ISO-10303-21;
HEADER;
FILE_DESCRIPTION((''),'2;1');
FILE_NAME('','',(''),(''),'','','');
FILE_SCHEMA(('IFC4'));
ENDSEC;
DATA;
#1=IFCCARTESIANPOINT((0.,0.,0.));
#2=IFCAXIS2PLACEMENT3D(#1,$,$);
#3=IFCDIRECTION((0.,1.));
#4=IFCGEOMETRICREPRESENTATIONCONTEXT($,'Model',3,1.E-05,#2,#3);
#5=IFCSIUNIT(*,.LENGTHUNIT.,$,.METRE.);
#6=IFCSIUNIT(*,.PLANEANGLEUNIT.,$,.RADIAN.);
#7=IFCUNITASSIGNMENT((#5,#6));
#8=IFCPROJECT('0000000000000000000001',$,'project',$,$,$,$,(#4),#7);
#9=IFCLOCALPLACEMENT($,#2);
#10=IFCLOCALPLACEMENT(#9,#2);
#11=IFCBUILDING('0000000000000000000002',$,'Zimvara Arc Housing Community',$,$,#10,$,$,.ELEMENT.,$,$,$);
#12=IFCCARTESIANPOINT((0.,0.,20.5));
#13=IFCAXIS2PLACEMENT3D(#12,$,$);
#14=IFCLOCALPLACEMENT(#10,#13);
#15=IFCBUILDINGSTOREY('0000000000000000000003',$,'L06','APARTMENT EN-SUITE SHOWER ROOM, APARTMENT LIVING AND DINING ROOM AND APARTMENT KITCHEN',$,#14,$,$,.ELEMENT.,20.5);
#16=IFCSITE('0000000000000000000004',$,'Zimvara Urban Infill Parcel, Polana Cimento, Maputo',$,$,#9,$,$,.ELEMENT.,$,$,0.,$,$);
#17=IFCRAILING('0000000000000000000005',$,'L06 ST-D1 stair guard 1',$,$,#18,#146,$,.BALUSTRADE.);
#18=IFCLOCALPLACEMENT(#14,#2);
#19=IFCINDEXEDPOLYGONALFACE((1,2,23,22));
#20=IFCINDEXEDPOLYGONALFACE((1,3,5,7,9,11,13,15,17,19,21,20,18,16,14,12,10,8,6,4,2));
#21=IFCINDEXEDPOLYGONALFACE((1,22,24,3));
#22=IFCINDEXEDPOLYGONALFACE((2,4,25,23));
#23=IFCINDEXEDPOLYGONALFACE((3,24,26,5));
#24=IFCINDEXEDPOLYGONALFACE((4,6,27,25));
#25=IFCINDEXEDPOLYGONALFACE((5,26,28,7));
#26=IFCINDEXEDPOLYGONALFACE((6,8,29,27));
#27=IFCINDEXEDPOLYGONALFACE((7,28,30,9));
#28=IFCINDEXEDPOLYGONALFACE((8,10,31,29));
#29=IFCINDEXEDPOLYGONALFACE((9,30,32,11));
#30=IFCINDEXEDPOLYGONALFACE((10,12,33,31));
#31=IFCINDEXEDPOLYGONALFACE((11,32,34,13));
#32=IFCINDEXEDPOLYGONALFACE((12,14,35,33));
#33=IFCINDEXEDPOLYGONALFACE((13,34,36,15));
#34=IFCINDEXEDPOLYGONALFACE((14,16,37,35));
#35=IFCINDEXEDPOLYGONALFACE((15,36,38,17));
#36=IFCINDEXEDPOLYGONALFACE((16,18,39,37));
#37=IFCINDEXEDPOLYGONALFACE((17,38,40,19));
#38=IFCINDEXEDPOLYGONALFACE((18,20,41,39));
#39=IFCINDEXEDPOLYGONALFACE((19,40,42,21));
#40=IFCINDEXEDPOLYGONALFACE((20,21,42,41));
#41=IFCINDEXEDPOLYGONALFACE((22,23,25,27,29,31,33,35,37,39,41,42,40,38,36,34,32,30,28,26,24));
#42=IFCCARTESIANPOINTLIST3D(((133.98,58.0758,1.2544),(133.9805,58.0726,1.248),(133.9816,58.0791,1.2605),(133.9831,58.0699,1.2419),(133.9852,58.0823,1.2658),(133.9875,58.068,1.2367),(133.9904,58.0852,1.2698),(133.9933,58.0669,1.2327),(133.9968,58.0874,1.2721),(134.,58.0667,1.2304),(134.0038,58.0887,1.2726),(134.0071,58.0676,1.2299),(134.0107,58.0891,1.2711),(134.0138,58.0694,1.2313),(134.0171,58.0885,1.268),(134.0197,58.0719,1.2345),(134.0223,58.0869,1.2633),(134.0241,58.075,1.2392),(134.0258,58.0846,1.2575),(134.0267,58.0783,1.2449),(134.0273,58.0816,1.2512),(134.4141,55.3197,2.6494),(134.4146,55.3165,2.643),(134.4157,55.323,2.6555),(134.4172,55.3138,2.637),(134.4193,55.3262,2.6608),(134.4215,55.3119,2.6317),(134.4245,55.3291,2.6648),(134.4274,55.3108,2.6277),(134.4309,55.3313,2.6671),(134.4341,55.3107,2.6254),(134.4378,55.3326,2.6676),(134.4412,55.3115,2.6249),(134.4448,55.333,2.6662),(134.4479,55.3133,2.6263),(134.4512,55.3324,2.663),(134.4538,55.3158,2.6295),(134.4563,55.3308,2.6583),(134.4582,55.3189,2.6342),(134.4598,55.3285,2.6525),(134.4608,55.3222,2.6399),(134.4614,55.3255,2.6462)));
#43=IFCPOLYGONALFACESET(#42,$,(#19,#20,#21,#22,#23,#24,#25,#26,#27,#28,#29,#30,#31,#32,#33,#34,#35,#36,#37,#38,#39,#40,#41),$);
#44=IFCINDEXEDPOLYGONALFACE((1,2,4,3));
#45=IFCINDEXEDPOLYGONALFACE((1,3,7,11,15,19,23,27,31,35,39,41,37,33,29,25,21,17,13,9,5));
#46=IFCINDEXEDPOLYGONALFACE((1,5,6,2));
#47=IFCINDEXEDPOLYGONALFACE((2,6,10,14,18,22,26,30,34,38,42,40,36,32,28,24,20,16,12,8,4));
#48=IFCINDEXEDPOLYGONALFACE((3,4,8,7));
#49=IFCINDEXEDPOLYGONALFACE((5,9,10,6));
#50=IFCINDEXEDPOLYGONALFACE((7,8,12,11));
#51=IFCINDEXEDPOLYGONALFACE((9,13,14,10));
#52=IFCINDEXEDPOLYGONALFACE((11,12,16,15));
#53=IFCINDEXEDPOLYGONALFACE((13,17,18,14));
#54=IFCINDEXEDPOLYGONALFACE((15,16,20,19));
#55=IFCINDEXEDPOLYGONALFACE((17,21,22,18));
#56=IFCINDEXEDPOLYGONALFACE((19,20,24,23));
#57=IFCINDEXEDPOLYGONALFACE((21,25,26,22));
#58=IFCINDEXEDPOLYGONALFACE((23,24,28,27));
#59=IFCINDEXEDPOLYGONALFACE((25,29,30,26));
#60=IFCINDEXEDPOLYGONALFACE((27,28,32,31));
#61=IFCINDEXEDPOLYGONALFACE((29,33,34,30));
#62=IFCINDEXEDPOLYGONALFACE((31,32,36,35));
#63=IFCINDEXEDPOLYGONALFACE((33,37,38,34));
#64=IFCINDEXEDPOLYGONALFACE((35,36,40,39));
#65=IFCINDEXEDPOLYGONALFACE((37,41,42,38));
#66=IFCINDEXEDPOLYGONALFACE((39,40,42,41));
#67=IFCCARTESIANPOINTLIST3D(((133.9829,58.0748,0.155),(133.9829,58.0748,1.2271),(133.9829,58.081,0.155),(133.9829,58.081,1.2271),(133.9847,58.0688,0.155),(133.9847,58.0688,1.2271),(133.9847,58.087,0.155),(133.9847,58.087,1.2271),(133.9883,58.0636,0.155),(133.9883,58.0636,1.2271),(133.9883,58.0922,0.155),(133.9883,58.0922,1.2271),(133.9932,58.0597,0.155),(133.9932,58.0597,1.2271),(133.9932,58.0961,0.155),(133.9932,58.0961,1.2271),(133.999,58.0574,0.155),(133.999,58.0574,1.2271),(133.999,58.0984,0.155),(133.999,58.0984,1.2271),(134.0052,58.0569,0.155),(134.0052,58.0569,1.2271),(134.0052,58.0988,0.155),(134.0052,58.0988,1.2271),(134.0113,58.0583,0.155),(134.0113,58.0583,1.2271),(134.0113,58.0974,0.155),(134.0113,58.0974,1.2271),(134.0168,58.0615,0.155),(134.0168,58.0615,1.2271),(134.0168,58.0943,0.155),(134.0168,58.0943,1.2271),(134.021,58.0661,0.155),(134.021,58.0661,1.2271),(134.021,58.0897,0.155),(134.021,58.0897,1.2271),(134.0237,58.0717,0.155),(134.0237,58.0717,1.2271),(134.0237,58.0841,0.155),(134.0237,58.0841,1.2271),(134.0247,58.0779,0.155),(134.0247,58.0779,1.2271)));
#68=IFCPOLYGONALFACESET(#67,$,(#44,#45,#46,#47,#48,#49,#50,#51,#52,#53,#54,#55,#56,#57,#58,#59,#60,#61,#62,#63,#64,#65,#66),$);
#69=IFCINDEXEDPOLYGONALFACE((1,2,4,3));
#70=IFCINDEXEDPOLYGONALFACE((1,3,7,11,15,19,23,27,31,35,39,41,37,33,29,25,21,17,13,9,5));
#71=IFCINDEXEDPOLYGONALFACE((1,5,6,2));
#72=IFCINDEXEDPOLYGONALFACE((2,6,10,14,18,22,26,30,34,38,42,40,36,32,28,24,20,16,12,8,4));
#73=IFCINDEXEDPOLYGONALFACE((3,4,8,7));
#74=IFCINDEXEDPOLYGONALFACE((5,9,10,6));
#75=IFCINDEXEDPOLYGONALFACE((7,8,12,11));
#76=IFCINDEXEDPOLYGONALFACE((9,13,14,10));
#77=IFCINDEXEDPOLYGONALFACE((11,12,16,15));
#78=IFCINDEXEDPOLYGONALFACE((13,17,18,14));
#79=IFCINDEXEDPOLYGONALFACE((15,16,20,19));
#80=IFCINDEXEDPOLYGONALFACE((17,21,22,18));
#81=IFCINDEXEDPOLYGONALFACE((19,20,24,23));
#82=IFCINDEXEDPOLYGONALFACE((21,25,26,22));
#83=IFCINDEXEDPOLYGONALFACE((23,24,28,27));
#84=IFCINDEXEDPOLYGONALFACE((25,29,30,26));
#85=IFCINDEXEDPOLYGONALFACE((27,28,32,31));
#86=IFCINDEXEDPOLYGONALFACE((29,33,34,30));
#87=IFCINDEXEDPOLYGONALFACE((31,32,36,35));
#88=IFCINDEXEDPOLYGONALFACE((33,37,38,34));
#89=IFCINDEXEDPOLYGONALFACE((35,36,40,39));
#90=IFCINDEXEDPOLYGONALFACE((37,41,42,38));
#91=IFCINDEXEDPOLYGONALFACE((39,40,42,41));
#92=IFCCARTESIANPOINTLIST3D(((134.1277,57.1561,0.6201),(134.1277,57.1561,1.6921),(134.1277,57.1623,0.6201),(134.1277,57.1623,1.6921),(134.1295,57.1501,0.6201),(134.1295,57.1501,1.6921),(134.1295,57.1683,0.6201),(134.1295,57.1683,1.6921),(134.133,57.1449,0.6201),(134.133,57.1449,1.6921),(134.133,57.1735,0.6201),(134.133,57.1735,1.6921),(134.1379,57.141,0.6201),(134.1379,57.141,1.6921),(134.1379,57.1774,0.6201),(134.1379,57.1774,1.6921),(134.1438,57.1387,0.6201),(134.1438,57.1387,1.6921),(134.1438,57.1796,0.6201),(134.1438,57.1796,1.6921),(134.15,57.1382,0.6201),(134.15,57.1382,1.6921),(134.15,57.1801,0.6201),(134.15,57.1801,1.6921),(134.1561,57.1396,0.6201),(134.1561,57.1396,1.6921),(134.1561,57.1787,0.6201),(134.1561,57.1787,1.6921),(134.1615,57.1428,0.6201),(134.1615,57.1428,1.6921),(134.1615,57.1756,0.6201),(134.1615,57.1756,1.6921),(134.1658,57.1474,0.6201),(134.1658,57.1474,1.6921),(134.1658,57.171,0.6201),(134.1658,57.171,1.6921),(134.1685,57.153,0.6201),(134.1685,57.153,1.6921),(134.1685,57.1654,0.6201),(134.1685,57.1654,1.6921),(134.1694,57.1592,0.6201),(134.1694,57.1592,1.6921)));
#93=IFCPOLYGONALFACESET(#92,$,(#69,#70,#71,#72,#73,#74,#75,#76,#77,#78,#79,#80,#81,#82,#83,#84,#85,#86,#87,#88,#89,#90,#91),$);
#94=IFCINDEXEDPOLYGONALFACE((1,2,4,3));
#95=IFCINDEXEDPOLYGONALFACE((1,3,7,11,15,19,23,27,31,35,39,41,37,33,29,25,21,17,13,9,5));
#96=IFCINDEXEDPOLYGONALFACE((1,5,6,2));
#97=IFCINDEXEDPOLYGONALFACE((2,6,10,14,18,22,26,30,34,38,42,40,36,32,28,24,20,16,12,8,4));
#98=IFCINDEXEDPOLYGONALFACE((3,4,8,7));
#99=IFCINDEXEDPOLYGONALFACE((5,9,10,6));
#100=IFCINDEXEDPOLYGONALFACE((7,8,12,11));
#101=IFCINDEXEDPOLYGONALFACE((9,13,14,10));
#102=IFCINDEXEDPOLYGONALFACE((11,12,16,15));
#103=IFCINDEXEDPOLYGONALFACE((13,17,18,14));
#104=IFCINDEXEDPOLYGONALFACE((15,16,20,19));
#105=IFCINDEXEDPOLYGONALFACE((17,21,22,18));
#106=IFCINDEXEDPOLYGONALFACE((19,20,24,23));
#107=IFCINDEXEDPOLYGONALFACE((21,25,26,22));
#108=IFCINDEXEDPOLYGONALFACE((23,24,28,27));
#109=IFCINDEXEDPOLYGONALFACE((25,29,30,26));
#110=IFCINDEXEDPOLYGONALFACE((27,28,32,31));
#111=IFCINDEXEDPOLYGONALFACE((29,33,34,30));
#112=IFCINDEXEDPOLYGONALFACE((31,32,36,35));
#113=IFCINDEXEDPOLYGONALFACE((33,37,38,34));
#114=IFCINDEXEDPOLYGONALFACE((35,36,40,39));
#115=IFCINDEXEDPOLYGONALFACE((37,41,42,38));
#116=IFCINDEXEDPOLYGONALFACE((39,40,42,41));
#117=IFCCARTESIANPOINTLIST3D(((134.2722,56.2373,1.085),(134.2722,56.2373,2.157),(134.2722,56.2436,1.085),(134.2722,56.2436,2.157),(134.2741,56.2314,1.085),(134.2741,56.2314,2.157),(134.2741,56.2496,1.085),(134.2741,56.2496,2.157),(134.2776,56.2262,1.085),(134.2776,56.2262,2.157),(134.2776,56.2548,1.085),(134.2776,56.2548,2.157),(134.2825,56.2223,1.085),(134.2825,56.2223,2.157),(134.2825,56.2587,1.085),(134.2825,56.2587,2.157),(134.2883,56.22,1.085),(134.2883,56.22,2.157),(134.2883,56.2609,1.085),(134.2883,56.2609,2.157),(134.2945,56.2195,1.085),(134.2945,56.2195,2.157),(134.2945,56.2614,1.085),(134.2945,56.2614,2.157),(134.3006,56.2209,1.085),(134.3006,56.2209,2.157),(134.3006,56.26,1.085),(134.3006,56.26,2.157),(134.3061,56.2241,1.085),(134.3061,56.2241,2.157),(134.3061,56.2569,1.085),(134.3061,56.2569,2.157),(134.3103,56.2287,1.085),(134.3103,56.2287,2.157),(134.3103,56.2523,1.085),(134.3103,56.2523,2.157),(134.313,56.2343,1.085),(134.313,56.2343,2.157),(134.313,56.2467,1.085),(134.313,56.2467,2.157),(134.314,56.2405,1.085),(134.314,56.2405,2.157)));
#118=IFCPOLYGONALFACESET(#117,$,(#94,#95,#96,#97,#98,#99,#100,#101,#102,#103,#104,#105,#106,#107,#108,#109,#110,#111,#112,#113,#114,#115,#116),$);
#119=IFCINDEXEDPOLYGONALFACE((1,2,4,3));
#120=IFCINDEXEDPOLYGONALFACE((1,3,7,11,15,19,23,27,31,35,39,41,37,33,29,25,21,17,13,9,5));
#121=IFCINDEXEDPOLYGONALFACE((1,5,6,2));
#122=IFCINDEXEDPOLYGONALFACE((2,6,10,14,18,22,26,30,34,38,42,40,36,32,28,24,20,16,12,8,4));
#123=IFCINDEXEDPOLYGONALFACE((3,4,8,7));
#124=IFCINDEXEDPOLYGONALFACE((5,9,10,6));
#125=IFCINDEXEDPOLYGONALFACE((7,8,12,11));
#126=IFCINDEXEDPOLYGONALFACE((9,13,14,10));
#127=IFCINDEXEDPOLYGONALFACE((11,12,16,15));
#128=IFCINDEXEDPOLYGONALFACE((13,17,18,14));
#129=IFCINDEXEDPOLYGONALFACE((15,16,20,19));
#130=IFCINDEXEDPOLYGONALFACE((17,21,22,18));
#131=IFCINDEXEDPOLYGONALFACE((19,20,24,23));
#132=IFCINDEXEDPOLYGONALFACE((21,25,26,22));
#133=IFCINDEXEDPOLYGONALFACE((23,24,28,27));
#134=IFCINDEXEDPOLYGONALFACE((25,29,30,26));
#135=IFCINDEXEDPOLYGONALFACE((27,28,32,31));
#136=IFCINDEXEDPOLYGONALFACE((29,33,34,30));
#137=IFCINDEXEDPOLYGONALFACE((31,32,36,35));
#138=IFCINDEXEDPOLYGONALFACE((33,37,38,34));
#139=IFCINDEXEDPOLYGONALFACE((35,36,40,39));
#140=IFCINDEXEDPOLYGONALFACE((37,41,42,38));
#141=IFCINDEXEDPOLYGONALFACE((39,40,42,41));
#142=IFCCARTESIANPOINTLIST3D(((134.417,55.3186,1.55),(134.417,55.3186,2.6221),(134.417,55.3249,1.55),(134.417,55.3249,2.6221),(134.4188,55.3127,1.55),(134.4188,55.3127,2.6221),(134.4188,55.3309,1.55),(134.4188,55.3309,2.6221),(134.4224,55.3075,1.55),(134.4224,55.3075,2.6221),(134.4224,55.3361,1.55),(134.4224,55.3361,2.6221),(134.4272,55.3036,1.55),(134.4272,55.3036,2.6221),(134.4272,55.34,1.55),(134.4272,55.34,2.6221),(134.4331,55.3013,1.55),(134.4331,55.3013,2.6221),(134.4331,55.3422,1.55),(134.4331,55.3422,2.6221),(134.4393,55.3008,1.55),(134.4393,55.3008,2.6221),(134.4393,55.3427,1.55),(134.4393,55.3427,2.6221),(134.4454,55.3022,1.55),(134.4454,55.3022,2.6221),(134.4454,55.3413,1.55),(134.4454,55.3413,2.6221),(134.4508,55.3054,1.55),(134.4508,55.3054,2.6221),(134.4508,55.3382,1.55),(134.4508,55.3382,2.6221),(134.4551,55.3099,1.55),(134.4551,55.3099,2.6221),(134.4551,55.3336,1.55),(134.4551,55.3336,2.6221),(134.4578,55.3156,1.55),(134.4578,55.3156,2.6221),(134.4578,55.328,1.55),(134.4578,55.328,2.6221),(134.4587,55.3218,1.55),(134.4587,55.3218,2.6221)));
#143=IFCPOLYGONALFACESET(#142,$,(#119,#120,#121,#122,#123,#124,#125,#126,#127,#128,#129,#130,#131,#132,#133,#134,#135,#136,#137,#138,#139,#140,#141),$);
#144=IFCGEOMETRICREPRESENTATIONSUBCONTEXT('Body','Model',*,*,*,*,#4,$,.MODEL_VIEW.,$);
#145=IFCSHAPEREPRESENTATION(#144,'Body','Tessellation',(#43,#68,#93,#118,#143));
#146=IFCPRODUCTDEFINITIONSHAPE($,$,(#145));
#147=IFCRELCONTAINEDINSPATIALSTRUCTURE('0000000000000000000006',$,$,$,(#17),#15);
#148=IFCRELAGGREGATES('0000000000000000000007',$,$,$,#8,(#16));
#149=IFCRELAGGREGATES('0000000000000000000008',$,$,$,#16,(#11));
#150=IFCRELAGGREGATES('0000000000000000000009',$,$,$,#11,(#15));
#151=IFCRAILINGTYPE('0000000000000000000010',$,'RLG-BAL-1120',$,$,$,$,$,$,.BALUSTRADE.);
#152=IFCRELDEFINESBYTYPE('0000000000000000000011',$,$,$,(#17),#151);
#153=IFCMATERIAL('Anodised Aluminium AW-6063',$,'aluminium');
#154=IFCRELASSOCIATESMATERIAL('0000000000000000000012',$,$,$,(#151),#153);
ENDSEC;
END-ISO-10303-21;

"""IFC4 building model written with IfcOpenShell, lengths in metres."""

from ifc_helpers import new_model, si_unit, direction, frame, origin, origin_2d, place, context, subcontext, project, spatial, circle, extrude, material, type_object, element, save


model = new_model("IFC4")

# Units and contexts
model_context = context("Model", 3, precision=1e-05, world=origin(), true_north=direction((0.0, 1.0)))
body_context = subcontext(model_context, "Body", "Model", "MODEL_VIEW")
ifc_project = project(units=[si_unit("LENGTHUNIT", "METRE"), si_unit("PLANEANGLEUNIT", "RADIAN")], contexts=[model_context])

# Site, building, storey
site_placement = place(None, origin())
site = spatial("IfcSite", under=ifc_project, at=site_placement, Name="Zimvara Urban Infill Parcel, Polana Cimento, Maputo", CompositionType="ELEMENT", RefElevation=0.0)
building_placement = place(site_placement, origin())
building = spatial("IfcBuilding", under=site, at=building_placement, Name="Zimvara Arc Housing Community", CompositionType="ELEMENT")
storey_placement = place(building_placement, frame((0.0, 0.0, 20.5)))
storey = spatial("IfcBuildingStorey", under=building, at=storey_placement, Name="L06", Description="APARTMENT EN-SUITE SHOWER ROOM, APARTMENT LIVING AND DINING ROOM AND APARTMENT KITCHEN", CompositionType="ELEMENT", Elevation=20.5)

# Railing
ifc_material_1 = material(Name="Anodised Aluminium AW-6063", Category="aluminium")
railing_type_1 = type_object("IfcRailingType", Name="RLG-BAL-1120", PredefinedType="BALUSTRADE", material=ifc_material_1)
railing_1_placement = place(storey_placement, frame((134.0037, 58.0779, 0.155)))
element("IfcRailing", 1, at=railing_1_placement, inside=storey, type_object=railing_type_1, Name="L06 ST-D1 stair guard 1", PredefinedType="BALUSTRADE", context=body_context, shape_type="SweptSolid", body=[
    extrude(circle(Radius=0.0239, at=origin_2d()), frame((0.0, 0.0, 1.0962), z_axis=(0.139156, -0.883538, 0.447209), x_axis=(0.987823, 0.155581, 0.0)), (0.0, 0.0, 1.0), 3.1194),
    extrude(circle(Radius=0.021, at=origin_2d()), origin(), (0.0, 0.0, 1.0), 1.072),
    extrude(circle(Radius=0.021, at=origin_2d()), frame((0.1448, -0.9187, 0.4651)), (0.0, 0.0, 1.0), 1.072),
    extrude(circle(Radius=0.021, at=origin_2d()), frame((0.2893, -1.8374, 0.9299)), (0.0, 0.0, 1.0), 1.072),
    extrude(circle(Radius=0.021, at=origin_2d()), frame((0.4341, -2.7561, 1.395)), (0.0, 0.0, 1.0), 1.072),
])

save(model, "model.ifc")
